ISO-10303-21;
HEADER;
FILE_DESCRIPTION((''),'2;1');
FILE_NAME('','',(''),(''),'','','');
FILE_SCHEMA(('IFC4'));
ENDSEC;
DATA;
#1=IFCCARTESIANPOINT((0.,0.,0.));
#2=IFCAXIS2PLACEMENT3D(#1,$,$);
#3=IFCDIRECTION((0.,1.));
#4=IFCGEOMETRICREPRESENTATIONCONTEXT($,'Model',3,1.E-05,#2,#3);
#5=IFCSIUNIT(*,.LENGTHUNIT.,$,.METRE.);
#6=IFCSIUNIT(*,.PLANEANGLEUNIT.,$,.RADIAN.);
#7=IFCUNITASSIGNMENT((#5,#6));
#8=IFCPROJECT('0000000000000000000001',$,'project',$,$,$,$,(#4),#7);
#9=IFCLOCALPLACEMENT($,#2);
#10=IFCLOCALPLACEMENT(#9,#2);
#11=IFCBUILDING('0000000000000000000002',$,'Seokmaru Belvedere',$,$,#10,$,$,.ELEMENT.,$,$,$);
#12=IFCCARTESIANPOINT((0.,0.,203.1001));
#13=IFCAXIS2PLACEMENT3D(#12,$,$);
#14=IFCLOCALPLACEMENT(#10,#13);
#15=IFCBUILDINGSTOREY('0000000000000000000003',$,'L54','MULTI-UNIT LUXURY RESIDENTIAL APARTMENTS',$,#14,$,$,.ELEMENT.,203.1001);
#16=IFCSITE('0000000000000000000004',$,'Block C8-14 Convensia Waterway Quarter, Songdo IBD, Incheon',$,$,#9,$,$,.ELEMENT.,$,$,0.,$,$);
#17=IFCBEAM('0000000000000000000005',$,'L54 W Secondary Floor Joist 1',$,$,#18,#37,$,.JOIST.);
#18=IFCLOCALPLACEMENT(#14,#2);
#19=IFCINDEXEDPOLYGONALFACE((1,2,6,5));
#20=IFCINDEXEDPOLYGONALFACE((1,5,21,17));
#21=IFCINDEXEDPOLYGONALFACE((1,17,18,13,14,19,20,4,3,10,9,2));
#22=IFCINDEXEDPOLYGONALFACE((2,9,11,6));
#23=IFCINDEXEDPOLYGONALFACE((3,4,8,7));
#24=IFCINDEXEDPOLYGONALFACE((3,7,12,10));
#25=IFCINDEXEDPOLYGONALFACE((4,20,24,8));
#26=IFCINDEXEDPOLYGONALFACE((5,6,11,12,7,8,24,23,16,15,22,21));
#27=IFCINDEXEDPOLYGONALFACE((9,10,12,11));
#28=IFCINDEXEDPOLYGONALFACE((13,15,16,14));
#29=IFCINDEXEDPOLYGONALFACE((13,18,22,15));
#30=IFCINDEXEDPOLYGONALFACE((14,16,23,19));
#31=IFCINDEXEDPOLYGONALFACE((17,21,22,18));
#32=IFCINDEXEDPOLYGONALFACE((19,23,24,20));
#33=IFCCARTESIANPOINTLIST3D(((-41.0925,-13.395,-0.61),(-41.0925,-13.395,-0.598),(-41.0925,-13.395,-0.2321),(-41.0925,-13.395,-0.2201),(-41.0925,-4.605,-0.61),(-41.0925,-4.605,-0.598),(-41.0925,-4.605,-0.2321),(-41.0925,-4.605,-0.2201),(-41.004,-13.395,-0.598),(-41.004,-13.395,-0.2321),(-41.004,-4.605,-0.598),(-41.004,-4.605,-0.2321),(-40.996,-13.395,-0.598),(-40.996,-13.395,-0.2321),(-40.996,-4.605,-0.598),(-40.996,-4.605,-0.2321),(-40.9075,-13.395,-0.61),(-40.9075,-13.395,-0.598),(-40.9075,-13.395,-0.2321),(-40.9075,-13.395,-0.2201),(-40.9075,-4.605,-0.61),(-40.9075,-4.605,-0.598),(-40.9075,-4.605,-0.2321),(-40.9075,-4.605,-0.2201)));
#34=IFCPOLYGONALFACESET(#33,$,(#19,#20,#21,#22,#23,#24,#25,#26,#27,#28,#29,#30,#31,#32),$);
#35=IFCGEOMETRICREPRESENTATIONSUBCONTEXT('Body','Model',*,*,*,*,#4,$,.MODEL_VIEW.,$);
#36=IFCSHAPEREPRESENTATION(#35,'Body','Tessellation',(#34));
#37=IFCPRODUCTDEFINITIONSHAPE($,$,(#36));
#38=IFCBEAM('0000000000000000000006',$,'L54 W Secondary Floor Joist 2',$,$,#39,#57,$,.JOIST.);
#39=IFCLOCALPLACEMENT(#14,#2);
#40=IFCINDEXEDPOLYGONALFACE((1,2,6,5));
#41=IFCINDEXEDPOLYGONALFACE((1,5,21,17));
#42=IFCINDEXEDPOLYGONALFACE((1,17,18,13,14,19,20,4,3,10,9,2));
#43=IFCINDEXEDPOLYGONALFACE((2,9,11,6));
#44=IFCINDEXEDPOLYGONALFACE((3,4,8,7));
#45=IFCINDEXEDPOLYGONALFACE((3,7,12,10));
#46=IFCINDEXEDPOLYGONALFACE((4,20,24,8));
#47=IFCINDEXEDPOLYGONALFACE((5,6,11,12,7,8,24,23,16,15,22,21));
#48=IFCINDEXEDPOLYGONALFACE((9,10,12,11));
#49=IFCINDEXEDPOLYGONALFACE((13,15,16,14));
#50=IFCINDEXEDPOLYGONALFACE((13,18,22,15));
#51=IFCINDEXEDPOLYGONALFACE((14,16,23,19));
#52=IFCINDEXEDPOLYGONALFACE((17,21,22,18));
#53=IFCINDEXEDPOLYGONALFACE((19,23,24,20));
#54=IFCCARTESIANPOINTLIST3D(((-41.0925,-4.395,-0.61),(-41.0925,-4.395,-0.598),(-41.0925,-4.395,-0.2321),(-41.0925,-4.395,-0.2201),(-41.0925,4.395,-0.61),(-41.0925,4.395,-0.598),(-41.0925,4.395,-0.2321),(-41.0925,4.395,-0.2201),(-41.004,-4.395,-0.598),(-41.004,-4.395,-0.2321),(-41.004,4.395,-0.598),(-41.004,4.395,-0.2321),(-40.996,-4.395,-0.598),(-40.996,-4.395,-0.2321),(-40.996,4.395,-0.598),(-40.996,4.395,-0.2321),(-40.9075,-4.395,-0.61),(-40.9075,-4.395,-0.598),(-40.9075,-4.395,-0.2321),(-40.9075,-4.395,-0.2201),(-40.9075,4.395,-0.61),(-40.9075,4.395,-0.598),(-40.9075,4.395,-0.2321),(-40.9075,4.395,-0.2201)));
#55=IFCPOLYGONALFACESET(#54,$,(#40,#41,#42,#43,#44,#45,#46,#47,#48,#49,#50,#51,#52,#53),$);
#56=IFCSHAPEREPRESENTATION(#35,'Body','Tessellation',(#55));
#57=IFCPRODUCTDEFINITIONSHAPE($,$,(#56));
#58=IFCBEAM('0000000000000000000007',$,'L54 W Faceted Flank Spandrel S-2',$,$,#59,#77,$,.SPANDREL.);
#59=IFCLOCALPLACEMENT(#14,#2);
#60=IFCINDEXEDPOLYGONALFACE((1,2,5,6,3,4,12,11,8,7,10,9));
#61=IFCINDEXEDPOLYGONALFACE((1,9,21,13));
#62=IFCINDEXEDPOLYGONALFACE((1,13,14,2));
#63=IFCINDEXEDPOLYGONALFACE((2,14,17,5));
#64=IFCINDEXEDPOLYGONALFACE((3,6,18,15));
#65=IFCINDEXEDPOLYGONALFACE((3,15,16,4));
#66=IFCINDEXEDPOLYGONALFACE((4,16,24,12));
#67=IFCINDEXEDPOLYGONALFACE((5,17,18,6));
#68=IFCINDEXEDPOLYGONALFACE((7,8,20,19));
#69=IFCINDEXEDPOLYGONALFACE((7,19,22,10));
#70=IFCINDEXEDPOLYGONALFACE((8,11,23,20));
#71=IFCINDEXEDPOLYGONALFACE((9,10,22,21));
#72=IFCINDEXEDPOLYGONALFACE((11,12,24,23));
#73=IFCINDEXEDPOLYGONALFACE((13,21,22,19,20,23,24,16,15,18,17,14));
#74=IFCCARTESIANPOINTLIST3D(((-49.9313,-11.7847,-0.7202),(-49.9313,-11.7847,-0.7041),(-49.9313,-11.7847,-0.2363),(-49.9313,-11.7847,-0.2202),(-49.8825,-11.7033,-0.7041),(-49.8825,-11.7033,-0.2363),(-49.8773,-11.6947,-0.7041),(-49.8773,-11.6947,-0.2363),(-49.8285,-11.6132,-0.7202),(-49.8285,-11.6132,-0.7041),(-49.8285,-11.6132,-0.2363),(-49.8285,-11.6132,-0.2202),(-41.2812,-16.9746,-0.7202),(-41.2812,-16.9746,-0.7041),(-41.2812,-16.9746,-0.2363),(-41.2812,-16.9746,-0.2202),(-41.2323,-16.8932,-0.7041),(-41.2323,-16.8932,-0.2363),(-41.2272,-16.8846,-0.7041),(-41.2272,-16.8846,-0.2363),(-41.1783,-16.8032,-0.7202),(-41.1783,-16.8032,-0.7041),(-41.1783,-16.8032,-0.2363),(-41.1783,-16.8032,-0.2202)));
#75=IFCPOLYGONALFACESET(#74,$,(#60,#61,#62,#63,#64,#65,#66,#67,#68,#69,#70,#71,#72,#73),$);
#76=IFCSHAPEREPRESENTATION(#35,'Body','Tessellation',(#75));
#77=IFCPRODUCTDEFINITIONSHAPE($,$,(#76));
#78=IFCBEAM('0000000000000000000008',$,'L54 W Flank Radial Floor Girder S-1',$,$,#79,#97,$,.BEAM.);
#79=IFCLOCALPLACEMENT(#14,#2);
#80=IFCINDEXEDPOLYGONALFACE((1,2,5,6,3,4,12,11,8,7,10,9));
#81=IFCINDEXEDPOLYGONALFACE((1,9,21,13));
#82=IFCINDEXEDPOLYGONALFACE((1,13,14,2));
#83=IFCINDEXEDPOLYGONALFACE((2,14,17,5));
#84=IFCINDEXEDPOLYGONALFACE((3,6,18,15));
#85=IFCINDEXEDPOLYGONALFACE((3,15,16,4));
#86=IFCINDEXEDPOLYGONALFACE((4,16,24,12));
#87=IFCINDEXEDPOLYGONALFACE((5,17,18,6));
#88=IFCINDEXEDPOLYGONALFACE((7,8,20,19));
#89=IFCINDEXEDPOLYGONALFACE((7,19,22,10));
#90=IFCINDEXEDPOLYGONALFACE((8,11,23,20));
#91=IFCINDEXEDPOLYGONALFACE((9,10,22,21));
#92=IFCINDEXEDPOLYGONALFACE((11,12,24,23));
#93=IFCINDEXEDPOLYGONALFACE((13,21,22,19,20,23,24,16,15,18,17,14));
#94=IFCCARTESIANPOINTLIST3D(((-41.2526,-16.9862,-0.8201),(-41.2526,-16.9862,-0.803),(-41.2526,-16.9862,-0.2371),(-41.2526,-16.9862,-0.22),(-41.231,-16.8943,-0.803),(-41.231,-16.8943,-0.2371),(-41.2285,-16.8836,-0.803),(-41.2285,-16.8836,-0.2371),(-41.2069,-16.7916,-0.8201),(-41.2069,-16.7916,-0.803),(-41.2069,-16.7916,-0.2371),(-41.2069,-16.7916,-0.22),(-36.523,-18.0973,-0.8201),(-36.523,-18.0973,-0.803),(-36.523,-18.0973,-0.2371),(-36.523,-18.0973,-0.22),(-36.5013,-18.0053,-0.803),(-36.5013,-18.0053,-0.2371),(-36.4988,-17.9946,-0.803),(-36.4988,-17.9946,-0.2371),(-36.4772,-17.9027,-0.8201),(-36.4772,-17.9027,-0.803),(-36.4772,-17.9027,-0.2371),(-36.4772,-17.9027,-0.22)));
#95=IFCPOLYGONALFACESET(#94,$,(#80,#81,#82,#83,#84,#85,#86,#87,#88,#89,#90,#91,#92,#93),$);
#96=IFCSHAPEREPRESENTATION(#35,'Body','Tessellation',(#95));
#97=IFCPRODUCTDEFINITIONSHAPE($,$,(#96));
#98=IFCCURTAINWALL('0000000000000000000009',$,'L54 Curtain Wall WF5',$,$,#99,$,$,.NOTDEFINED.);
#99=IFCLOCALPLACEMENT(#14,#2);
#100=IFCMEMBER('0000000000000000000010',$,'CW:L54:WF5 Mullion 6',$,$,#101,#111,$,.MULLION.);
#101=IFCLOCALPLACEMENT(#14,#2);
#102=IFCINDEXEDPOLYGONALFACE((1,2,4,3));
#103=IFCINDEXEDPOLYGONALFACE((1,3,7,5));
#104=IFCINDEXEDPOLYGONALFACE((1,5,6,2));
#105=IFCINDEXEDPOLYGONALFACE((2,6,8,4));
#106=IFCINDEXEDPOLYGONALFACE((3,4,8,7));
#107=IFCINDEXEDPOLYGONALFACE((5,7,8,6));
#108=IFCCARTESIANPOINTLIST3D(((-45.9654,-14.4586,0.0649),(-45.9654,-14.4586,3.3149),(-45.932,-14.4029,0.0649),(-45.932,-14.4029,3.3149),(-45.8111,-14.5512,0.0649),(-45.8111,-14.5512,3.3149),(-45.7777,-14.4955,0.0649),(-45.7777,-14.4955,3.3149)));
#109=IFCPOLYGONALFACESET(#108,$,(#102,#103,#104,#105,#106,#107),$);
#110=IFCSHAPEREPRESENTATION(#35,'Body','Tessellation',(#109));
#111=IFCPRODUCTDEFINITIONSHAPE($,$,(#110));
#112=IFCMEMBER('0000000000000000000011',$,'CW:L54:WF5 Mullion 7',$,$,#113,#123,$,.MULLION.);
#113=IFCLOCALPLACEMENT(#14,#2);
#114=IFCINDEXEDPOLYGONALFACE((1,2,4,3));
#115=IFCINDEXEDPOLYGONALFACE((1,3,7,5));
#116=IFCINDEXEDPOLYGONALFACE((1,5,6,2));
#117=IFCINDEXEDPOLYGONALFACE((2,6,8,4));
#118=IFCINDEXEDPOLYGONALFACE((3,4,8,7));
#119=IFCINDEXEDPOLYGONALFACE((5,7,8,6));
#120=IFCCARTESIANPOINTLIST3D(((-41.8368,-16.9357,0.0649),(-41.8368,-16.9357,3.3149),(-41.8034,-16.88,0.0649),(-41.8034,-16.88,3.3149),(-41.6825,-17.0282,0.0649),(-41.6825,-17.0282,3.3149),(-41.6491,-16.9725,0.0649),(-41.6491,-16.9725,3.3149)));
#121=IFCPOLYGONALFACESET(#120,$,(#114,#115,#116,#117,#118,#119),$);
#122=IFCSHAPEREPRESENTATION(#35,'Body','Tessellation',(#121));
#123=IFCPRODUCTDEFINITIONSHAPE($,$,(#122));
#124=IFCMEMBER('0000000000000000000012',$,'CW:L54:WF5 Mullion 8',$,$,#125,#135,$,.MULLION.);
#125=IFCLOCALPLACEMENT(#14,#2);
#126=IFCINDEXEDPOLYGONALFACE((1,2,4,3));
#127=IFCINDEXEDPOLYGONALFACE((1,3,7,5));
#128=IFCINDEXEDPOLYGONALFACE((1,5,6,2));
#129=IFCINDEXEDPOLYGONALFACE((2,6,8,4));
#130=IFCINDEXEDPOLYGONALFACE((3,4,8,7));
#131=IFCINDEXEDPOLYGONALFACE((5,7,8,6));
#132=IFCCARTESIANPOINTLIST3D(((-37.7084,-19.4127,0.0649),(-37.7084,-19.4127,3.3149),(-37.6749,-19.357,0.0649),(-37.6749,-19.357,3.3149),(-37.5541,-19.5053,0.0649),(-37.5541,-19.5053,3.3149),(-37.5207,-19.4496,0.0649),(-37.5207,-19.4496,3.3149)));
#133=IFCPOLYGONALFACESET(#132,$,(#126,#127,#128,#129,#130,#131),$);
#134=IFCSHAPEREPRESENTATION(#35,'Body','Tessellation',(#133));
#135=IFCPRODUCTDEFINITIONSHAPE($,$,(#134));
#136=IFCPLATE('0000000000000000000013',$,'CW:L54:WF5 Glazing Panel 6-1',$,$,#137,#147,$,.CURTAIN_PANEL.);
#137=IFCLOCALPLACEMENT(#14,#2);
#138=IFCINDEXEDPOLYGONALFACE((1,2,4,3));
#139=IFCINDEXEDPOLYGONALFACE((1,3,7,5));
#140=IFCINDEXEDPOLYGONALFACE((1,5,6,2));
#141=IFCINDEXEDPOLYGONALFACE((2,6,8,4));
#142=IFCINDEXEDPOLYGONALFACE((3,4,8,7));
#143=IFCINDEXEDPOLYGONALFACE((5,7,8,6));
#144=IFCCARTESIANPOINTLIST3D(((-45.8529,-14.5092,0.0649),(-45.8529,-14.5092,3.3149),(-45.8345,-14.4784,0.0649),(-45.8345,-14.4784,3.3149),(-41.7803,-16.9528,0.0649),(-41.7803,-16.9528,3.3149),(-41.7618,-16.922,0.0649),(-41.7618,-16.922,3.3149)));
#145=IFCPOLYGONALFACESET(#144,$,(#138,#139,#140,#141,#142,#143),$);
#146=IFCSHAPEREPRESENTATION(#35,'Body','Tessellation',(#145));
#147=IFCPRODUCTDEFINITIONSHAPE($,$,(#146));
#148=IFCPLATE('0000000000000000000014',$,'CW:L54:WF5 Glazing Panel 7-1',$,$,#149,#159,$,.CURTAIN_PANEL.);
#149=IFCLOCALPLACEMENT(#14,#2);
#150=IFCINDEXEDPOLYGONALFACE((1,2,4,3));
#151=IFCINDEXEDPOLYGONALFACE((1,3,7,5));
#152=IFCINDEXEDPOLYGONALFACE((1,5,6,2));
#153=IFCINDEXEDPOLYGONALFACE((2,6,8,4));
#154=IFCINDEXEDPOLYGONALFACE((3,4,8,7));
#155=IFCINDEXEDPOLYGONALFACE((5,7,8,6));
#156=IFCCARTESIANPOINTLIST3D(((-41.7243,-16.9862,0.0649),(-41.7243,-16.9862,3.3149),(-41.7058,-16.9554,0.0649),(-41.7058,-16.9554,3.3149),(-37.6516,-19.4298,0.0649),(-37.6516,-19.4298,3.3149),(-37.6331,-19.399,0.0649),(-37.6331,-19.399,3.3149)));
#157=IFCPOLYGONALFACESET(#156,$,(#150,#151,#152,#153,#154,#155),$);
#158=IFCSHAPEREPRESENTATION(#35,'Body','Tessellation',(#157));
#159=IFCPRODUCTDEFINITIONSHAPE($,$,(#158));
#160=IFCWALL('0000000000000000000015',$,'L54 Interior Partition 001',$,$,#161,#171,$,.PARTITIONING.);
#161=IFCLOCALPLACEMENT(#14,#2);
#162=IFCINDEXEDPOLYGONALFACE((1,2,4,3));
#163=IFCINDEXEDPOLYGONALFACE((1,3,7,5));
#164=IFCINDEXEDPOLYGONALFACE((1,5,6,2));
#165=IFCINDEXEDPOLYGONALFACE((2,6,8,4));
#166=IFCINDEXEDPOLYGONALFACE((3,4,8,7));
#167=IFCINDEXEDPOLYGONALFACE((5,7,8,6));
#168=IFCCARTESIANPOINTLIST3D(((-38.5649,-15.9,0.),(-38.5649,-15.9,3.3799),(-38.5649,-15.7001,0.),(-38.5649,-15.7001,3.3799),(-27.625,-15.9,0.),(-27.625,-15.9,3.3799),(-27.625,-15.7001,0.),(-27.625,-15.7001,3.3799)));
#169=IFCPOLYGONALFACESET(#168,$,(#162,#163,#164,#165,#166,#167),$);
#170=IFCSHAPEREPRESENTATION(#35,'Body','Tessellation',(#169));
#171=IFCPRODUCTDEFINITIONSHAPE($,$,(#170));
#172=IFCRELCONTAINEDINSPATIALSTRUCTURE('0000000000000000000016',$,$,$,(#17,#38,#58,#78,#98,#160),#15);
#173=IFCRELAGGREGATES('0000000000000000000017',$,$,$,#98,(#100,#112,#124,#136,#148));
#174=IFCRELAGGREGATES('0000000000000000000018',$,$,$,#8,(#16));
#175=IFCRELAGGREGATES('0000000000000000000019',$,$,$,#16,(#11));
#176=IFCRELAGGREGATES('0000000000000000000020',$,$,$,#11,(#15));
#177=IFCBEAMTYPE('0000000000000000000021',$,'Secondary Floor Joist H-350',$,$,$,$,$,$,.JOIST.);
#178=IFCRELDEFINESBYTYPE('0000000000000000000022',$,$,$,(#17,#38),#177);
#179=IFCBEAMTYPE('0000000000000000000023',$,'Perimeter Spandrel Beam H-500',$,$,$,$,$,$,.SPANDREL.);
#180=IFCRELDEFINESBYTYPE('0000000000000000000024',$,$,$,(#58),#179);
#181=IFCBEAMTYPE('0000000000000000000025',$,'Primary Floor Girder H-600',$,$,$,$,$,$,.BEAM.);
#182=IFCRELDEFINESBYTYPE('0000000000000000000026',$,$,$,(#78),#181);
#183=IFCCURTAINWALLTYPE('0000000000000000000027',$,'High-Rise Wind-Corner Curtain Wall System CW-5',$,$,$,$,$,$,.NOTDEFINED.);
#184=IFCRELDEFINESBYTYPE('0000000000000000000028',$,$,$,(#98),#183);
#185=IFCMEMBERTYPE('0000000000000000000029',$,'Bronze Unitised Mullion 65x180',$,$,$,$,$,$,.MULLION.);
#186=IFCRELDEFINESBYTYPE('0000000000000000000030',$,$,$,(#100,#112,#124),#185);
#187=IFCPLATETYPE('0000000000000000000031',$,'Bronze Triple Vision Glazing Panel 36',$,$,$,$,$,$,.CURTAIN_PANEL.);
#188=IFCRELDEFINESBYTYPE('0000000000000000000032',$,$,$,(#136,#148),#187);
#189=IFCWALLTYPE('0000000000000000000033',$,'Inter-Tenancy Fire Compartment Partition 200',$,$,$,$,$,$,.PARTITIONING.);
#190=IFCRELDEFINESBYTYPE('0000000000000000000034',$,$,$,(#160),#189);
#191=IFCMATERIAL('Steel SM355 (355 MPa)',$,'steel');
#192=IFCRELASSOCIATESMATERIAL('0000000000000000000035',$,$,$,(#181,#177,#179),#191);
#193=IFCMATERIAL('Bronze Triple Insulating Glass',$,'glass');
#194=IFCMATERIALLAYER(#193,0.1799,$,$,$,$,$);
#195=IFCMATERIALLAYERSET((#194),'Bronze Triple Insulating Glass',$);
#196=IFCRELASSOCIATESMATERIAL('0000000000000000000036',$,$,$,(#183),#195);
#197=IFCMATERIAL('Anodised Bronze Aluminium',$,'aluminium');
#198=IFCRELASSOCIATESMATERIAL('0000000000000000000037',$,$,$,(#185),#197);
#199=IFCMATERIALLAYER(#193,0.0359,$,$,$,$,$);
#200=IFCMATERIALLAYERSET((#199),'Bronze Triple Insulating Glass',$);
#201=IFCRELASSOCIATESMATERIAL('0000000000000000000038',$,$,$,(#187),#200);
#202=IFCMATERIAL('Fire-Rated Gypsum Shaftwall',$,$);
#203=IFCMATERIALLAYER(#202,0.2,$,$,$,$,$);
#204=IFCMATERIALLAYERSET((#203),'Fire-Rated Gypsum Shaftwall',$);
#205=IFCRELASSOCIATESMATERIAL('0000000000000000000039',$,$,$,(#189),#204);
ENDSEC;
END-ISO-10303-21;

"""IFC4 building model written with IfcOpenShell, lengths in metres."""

from ifc_helpers import new_model, si_unit, direction, frame, frame_2d, origin, origin_2d, place, context, subcontext, project, spatial, rectangle, i_section, extrude, source, transform, mapped, material, layer, layer_set, material_profile, profile_set, type_object, type_shapes, element, aggregate, save


model = new_model("IFC4")

# Units and contexts
model_context = context("Model", 3, precision=1e-05, world=origin(), true_north=direction((0.0, 1.0)))
body_context = subcontext(model_context, "Body", "Model", "MODEL_VIEW")
ifc_project = project(units=[si_unit("LENGTHUNIT", "METRE"), si_unit("PLANEANGLEUNIT", "RADIAN")], contexts=[model_context])

# Site, building, storey
site_placement = place(None, origin())
site = spatial("IfcSite", under=ifc_project, at=site_placement, Name="Block C8-14 Convensia Waterway Quarter, Songdo IBD, Incheon", CompositionType="ELEMENT", RefElevation=0.0)
building_placement = place(site_placement, origin())
building = spatial("IfcBuilding", under=site, at=building_placement, Name="Seokmaru Belvedere", CompositionType="ELEMENT")
storey_placement = place(building_placement, frame((0.0, 0.0, 203.1001)))
storey = spatial("IfcBuildingStorey", under=building, at=storey_placement, Name="L54", Description="MULTI-UNIT LUXURY RESIDENTIAL APARTMENTS", CompositionType="ELEMENT", Elevation=203.1001)

# Shared definitions
ifc_material_1 = material(Name="Steel SM355 (355 MPa)", Category="steel")

# Beams
ifc_material_profile_1 = material_profile(ifc_material_1, i_section(OverallWidth=0.2, OverallDepth=0.6001, WebThickness=0.011, FlangeThickness=0.0171, at=origin_2d()), Name="H-600x200x11x17")
ifc_profile_set_1 = profile_set([ifc_material_profile_1], Name="Steel SM355 (355 MPa)")
beam_type_1 = type_object("IfcBeamType", Name="Primary Floor Girder H-600", PredefinedType="BEAM", material=ifc_profile_set_1)
ifc_material_profile_2 = material_profile(ifc_material_1, i_section(OverallWidth=0.1851, OverallDepth=0.3899, WebThickness=0.0081, FlangeThickness=0.012, at=origin_2d()), Name="H-390x185x8x12")
ifc_profile_set_2 = profile_set([ifc_material_profile_2], Name="Steel SM355 (355 MPa)")
beam_type_2 = type_object("IfcBeamType", Name="Secondary Floor Joist H-350", PredefinedType="JOIST", material=ifc_profile_set_2)
shared_shape_1 = source(origin(), body_context, "Body", "SweptSolid", [
    extrude(i_section(OverallWidth=0.1851, OverallDepth=0.3899, WebThickness=0.0081, FlangeThickness=0.012, at=origin_2d()), origin(), (0.0, 0.0, 1.0), 8.79),
])
type_shapes(beam_type_2, [shared_shape_1])
for number, where, z_axis, x_axis, name in (
    (1, (-41.0, -13.395, -0.415), (0.0, 1.0, 0.0), (-1.0, 0.0, 0.0), "L54 W Secondary Floor Joist 1"),
    (2, (-41.0, -4.395, -0.415), (0.0, 1.0, 0.0), (-1.0, 0.0, 0.0), "L54 W Secondary Floor Joist 2"),
):
    element("IfcBeam", number, at=place(storey_placement, frame(where, z_axis=z_axis, x_axis=x_axis)), inside=storey, type_object=beam_type_2, Name=name, PredefinedType="JOIST", context=body_context, shape_type="MappedRepresentation", body=[
        mapped(shared_shape_1, transform((0.0, 0.0, 0.0), scale=1.0)),
    ])
ifc_material_profile_3 = material_profile(ifc_material_1, i_section(OverallWidth=0.2, OverallDepth=0.5, WebThickness=0.01, FlangeThickness=0.0161, at=origin_2d()), Name="H-500x200x10x16")
ifc_profile_set_3 = profile_set([ifc_material_profile_3], Name="Steel SM355 (355 MPa)")
beam_type_3 = type_object("IfcBeamType", Name="Perimeter Spandrel Beam H-500", PredefinedType="SPANDREL", material=ifc_profile_set_3)
shared_shape_2 = source(origin(), body_context, "Body", "SweptSolid", [
    extrude(i_section(OverallWidth=0.2, OverallDepth=0.5, WebThickness=0.01, FlangeThickness=0.0161, at=origin_2d()), origin(), (0.0, 0.0, 1.0), 10.0876),
])
type_shapes(beam_type_3, [shared_shape_2])
beam_1_placement = place(storey_placement, frame((-41.2297, -16.8889, -0.4702), z_axis=(-0.857499, 0.514485, 0.0), x_axis=(-0.514485, -0.857499, 0.0)))
element("IfcBeam", 3, at=beam_1_placement, inside=storey, type_object=beam_type_3, Name="L54 W Faceted Flank Spandrel S-2", PredefinedType="SPANDREL", context=body_context, shape_type="MappedRepresentation", body=[
    mapped(shared_shape_2, transform((0.0, 0.0, 0.0), scale=1.0)),
])
shared_shape_3 = source(origin(), body_context, "Body", "SweptSolid", [
    extrude(i_section(OverallWidth=0.2, OverallDepth=0.6001, WebThickness=0.011, FlangeThickness=0.0171, at=origin_2d()), origin(), (0.0, 0.0, 1.0), 4.8584),
])
beam_2_placement = place(storey_placement, frame((-41.2297, -16.8889, -0.52), z_axis=(0.973499, -0.228689, 0.0), x_axis=(0.228689, 0.973499, 0.0)))
element("IfcBeam", 4, at=beam_2_placement, inside=storey, type_object=beam_type_1, Name="L54 W Flank Radial Floor Girder S-1", PredefinedType="BEAM", context=body_context, shape_type="MappedRepresentation", body=[
    mapped(shared_shape_3, transform((0.0, 0.0, 0.0), scale=1.0)),
])

# Curtain wall, members, plates
ifc_material_2 = material(Name="Bronze Triple Insulating Glass", Category="glass")
ifc_layer_1 = layer(ifc_material_2, 0.1799)
ifc_layer_set_1 = layer_set([ifc_layer_1], Name="Bronze Triple Insulating Glass")
curtain_wall_type = type_object("IfcCurtainWallType", Name="High-Rise Wind-Corner Curtain Wall System CW-5", PredefinedType="NOTDEFINED", material=ifc_layer_set_1)
curtain_wall_placement = place(storey_placement, origin())
curtain_wall = element("IfcCurtainWall", 5, at=curtain_wall_placement, inside=storey, type_object=curtain_wall_type, Name="L54 Curtain Wall WF5", PredefinedType="NOTDEFINED")
ifc_material_3 = material(Name="Anodised Bronze Aluminium", Category="aluminium")
ifc_material_profile_4 = material_profile(ifc_material_3, rectangle(XDim=0.0649, YDim=0.1799, at=origin_2d()), Name="CW-M-65x180")
ifc_profile_set_4 = profile_set([ifc_material_profile_4], Name="Anodised Bronze Aluminium")
member_type = type_object("IfcMemberType", Name="Bronze Unitised Mullion 65x180", PredefinedType="MULLION", material=ifc_profile_set_4)
shared_shape_4 = source(origin(), body_context, "Body", "SweptSolid", [
    extrude(rectangle(XDim=0.0649, YDim=0.1799, at=origin_2d()), origin(), (0.0, 0.0, 1.0), 3.25),
])
type_shapes(member_type, [shared_shape_4])
member_1_placement = place(storey_placement, frame((-45.8716, -14.4771, 0.0649), z_axis=(0.0, 0.0, 1.0), x_axis=(0.514495, 0.857493, 0.0)))
member_1 = element("IfcMember", 6, at=member_1_placement, type_object=member_type, Name="CW:L54:WF5 Mullion 6", PredefinedType="MULLION", context=body_context, shape_type="MappedRepresentation", body=[
    mapped(shared_shape_4, transform((0.0, 0.0, 0.0), scale=1.0)),
])
member_2_placement = place(storey_placement, frame((-41.7429, -16.9541, 0.0649), z_axis=(0.0, 0.0, 1.0), x_axis=(0.514495, 0.857493, 0.0)))
member_2 = element("IfcMember", 7, at=member_2_placement, type_object=member_type, Name="CW:L54:WF5 Mullion 7", PredefinedType="MULLION", context=body_context, shape_type="MappedRepresentation", body=[
    mapped(shared_shape_4, transform((0.0, 0.0, 0.0), scale=1.0)),
])
member_3_placement = place(storey_placement, frame((-37.6145, -19.4312, 0.0649), z_axis=(0.0, 0.0, 1.0), x_axis=(0.514495, 0.857493, 0.0)))
member_3 = element("IfcMember", 8, at=member_3_placement, type_object=member_type, Name="CW:L54:WF5 Mullion 8", PredefinedType="MULLION", context=body_context, shape_type="MappedRepresentation", body=[
    mapped(shared_shape_4, transform((0.0, 0.0, 0.0), scale=1.0)),
])
ifc_layer_2 = layer(ifc_material_2, 0.0359)
ifc_layer_set_2 = layer_set([ifc_layer_2], Name="Bronze Triple Insulating Glass")
plate_type = type_object("IfcPlateType", Name="Bronze Triple Vision Glazing Panel 36", PredefinedType="CURTAIN_PANEL", material=ifc_layer_set_2)
shared_shape_5 = source(origin(), body_context, "Body", "SweptSolid", [
    extrude(rectangle(XDim=4.7495, YDim=0.0359, at=origin_2d()), origin(), (0.0, 0.0, 1.0), 3.25),
])
type_shapes(plate_type, [shared_shape_5])
plate_1_placement = place(storey_placement, frame((-43.8074, -15.7156, 0.0649), z_axis=(0.0, 0.0, 1.0), x_axis=(0.857493, -0.514495, 0.0)))
plate_1 = element("IfcPlate", 9, at=plate_1_placement, type_object=plate_type, Name="CW:L54:WF5 Glazing Panel 6-1", PredefinedType="CURTAIN_PANEL", context=body_context, shape_type="MappedRepresentation", body=[
    mapped(shared_shape_5, transform((0.0, 0.0, 0.0), scale=1.0)),
])
plate_2_placement = place(storey_placement, frame((-39.6787, -18.1926, 0.0649), z_axis=(0.0, 0.0, 1.0), x_axis=(0.857493, -0.514495, 0.0)))
plate_2 = element("IfcPlate", 10, at=plate_2_placement, type_object=plate_type, Name="CW:L54:WF5 Glazing Panel 7-1", PredefinedType="CURTAIN_PANEL", context=body_context, shape_type="MappedRepresentation", body=[
    mapped(shared_shape_5, transform((0.0, 0.0, 0.0), scale=1.0)),
])
aggregate(curtain_wall, [member_1, member_2, member_3, plate_1, plate_2])

# Wall
ifc_material_4 = material(Name="Fire-Rated Gypsum Shaftwall")
ifc_layer_3 = layer(ifc_material_4, 0.2)
ifc_layer_set_3 = layer_set([ifc_layer_3], Name="Fire-Rated Gypsum Shaftwall")
wall_type_1 = type_object("IfcWallType", Name="Inter-Tenancy Fire Compartment Partition 200", PredefinedType="PARTITIONING", material=ifc_layer_set_3)
wall_1_placement = place(storey_placement, frame((-38.5649, -15.8, 0.0), z_axis=(0.0, 0.0, 1.0), x_axis=(1.0, 0.0, 0.0)))
element("IfcWall", 11, at=wall_1_placement, inside=storey, type_object=wall_type_1, Name="L54 Interior Partition 001", PredefinedType="PARTITIONING", context=body_context, shape_type="SweptSolid", body=[
    extrude(rectangle(XDim=10.9399, YDim=0.2, at=frame_2d((5.47, 0.0))), origin(), (0.0, 0.0, 1.0), 3.3799),
])

save(model, "model.ifc")
